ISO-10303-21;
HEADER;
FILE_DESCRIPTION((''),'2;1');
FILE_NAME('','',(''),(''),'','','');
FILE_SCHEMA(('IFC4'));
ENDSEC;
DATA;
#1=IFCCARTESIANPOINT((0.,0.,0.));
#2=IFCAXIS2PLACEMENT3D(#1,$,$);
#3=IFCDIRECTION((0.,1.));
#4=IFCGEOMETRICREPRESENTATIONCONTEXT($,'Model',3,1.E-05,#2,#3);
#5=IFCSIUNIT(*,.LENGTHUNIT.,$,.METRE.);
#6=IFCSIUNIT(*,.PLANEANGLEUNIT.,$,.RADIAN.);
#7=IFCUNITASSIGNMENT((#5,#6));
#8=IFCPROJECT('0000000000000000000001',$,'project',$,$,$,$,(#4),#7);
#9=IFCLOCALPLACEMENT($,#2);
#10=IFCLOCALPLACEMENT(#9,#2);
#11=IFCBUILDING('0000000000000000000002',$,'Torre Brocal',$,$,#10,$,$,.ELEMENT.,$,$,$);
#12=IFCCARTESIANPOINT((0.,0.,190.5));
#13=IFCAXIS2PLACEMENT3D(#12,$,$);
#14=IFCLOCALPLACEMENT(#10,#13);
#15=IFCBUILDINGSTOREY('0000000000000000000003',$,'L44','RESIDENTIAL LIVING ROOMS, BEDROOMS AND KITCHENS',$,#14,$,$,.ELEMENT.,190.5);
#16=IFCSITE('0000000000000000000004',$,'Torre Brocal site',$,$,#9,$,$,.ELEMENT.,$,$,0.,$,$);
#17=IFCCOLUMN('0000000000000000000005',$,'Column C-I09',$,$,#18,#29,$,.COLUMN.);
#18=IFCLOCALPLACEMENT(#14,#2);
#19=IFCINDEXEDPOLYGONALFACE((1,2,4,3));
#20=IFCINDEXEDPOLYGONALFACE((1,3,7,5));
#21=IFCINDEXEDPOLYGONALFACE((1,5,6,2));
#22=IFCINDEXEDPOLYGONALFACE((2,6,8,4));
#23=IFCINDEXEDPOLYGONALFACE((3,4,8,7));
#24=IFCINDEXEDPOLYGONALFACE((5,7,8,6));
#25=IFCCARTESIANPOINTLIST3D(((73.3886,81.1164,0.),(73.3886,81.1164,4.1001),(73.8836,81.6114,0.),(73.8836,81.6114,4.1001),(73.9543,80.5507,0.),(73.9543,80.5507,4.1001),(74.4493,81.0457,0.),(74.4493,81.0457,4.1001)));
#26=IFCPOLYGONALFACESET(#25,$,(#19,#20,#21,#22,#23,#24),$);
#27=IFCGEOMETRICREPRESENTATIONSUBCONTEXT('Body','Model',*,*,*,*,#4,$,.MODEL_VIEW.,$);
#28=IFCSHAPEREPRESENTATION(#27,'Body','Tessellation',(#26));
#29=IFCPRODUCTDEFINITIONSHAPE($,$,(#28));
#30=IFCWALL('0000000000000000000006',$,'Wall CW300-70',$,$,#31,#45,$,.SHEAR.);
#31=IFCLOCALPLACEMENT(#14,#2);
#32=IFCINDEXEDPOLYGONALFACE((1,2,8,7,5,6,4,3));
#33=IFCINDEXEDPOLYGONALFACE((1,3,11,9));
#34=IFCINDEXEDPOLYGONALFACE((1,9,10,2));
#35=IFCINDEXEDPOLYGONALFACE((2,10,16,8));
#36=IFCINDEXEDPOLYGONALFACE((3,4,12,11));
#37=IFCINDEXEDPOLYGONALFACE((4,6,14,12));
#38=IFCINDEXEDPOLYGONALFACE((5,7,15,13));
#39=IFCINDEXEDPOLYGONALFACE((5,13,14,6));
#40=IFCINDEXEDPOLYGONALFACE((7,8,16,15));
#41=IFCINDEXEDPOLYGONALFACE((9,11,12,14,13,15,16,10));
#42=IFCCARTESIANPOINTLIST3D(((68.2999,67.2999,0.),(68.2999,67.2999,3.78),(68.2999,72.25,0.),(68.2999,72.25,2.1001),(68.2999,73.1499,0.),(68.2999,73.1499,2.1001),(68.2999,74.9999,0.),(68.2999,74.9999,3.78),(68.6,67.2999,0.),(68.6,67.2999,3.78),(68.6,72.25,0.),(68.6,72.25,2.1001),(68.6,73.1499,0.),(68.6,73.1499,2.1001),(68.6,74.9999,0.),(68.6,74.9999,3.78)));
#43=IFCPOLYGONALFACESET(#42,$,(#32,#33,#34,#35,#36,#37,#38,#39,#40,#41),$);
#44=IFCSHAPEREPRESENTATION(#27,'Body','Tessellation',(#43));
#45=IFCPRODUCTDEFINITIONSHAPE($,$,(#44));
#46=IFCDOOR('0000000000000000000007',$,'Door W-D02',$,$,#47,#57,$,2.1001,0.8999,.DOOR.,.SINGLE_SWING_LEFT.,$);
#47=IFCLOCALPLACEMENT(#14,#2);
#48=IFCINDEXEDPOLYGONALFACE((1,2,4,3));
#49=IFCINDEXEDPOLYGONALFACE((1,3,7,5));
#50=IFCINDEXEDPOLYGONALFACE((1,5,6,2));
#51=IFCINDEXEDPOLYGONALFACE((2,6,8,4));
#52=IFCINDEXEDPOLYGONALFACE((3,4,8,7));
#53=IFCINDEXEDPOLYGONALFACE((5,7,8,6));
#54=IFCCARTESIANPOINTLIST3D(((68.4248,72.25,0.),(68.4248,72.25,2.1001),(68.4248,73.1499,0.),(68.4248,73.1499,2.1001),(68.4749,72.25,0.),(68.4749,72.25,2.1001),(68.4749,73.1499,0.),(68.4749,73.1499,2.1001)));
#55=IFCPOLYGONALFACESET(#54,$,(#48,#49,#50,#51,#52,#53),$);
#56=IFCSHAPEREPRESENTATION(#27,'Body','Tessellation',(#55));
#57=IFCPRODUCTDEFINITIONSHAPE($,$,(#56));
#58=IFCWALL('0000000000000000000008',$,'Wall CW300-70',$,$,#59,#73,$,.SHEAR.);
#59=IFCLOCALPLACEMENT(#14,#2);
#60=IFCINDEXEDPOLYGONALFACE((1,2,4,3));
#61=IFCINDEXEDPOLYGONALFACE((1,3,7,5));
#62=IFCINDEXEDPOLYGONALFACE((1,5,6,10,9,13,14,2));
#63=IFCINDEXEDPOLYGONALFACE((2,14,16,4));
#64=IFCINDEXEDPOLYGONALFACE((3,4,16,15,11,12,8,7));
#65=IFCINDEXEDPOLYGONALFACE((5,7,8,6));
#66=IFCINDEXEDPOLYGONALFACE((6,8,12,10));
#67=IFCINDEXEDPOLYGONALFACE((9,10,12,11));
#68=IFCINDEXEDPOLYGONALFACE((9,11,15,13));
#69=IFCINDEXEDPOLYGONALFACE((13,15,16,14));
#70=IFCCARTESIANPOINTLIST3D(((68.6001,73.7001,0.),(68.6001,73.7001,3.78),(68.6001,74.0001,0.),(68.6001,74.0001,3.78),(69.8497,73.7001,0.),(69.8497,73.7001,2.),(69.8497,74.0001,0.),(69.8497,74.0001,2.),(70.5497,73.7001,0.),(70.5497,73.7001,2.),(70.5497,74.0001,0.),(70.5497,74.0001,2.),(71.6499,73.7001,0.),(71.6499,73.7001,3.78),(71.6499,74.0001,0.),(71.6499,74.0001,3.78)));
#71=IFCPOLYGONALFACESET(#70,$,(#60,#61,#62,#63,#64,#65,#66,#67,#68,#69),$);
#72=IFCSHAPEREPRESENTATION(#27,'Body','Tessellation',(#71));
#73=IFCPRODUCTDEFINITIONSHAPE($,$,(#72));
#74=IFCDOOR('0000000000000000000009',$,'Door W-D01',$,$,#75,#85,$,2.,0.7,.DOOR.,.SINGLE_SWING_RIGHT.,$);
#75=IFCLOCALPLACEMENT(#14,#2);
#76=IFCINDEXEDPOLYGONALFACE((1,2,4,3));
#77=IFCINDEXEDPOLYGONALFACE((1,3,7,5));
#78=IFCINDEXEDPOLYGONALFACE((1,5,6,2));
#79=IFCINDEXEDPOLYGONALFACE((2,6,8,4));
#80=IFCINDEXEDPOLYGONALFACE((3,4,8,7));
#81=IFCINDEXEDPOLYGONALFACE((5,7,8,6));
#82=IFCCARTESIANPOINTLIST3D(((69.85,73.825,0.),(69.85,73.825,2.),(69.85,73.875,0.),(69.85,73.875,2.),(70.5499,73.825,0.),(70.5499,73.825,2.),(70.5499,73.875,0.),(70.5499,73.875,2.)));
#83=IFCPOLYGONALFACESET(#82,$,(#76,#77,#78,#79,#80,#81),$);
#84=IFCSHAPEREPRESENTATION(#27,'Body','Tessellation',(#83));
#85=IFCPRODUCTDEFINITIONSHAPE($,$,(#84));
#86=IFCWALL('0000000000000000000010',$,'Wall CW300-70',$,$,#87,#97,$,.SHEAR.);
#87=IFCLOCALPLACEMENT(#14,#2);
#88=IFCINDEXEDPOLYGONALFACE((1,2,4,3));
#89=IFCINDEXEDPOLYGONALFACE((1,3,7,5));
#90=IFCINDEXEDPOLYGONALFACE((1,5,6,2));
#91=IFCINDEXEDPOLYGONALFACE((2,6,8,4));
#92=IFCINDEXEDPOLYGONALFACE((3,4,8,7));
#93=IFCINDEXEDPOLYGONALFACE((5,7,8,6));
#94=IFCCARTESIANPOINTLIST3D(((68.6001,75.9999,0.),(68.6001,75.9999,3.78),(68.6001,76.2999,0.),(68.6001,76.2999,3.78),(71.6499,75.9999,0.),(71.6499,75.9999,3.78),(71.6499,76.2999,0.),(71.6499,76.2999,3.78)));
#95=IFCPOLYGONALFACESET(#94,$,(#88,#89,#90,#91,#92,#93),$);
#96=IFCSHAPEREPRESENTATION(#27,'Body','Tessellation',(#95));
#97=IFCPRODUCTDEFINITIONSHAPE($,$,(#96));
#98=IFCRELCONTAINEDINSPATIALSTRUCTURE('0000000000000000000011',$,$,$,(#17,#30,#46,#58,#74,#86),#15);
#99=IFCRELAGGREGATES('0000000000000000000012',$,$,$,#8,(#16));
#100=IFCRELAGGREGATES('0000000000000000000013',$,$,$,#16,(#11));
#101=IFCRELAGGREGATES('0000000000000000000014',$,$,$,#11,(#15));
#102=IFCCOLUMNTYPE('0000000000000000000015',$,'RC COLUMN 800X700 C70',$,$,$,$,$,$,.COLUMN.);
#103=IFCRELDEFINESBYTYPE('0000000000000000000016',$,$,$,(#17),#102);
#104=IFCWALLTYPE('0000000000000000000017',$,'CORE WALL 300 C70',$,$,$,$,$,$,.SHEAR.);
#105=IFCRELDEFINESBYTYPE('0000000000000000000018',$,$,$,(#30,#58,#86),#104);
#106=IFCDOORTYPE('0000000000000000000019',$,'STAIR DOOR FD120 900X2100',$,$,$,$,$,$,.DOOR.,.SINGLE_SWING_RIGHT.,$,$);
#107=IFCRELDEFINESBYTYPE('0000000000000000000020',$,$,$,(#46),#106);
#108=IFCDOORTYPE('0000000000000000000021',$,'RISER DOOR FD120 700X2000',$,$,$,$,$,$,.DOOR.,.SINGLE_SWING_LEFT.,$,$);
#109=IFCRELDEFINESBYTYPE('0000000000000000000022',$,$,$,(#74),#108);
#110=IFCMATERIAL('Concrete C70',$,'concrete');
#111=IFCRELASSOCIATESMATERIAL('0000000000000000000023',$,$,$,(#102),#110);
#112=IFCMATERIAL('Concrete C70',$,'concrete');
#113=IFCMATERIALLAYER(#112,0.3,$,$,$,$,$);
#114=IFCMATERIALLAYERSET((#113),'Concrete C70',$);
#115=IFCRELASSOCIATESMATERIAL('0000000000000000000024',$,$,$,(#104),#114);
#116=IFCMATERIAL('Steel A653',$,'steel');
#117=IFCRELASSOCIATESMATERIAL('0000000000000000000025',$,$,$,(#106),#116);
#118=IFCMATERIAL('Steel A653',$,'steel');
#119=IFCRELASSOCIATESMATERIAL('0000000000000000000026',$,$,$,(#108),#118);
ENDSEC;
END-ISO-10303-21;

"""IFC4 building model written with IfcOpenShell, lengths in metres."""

from ifc_helpers import new_model, si_unit, direction, frame, frame_2d, origin, origin_2d, place, context, subcontext, project, spatial, rectangle, extrude, material, layer, layer_set, material_profile, profile_set, type_object, element, fill, save


model = new_model("IFC4")

# Units and contexts
model_context = context("Model", 3, precision=1e-05, world=origin(), true_north=direction((0.0, 1.0)))
body_context = subcontext(model_context, "Body", "Model", "MODEL_VIEW")
ifc_project = project(units=[si_unit("LENGTHUNIT", "METRE"), si_unit("PLANEANGLEUNIT", "RADIAN")], contexts=[model_context])

# Site, building, storey
site_placement = place(None, origin())
site = spatial("IfcSite", under=ifc_project, at=site_placement, Name="Torre Brocal site", CompositionType="ELEMENT", RefElevation=0.0)
building_placement = place(site_placement, origin())
building = spatial("IfcBuilding", under=site, at=building_placement, Name="Torre Brocal", CompositionType="ELEMENT")
storey_placement = place(building_placement, frame((0.0, 0.0, 190.5)))
storey = spatial("IfcBuildingStorey", under=building, at=storey_placement, Name="L44", Description="RESIDENTIAL LIVING ROOMS, BEDROOMS AND KITCHENS", CompositionType="ELEMENT", Elevation=190.5)

# Column
ifc_material_1 = material(Name="Concrete C70", Category="concrete")
ifc_material_profile = material_profile(ifc_material_1, rectangle(XDim=0.8, YDim=0.7, at=origin_2d()), Name="RC 800X700")
ifc_profile_set = profile_set([ifc_material_profile], Name="Concrete C70")
column_type = type_object("IfcColumnType", Name="RC COLUMN 800X700 C70", PredefinedType="COLUMN", material=ifc_profile_set)
column_placement = place(storey_placement, frame((73.9189, 81.0811, 0.0), z_axis=(0.0, 0.0, 1.0), x_axis=(-0.707107, 0.707107, 0.0)))
element("IfcColumn", 1, at=column_placement, inside=storey, type_object=column_type, Name="Column C-I09", PredefinedType="COLUMN", context=body_context, shape_type="SweptSolid", body=[
    extrude(rectangle(XDim=0.8, YDim=0.7, at=origin_2d()), origin(), (0.0, 0.0, 1.0), 4.1001),
])

# Walls, openings, doors
ifc_material_2 = material(Name="Concrete C70", Category="concrete")
ifc_layer_1 = layer(ifc_material_2, 0.3)
ifc_layer_set_1 = layer_set([ifc_layer_1], Name="Concrete C70")
wall_type_1 = type_object("IfcWallType", Name="CORE WALL 300 C70", PredefinedType="SHEAR", material=ifc_layer_set_1)
wall_1_placement = place(storey_placement, frame((68.45, 75.0, 0.0), z_axis=(0.0, 0.0, 1.0), x_axis=(0.0, -1.0, 0.0)))
wall_1 = element("IfcWall", 2, at=wall_1_placement, inside=storey, type_object=wall_type_1, Name="Wall CW300-70", PredefinedType="SHEAR", context=body_context, shape_type="SweptSolid", body=[
    extrude(rectangle(XDim=7.7, YDim=0.3, at=frame_2d((3.8501, 0.0))), origin(), (0.0, 0.0, 1.0), 3.78),
])
opening_1_placement = place(wall_1_placement, frame((1.8501, 0.0, 0.0)))
opening_1 = element("IfcOpeningElement", 3, at=opening_1_placement, cuts=wall_1, PredefinedType="OPENING", context=body_context, shape_type="SweptSolid", body=[
    extrude(rectangle(XDim=0.8999, YDim=2.1001, at=frame_2d((0.45, 1.05))), frame((0.0, 0.1599, 0.0), z_axis=(0.0, -1.0, 0.0), x_axis=(1.0, 0.0, 0.0)), (0.0, 0.0, 1.0), 0.3201),
])
ifc_material_3 = material(Name="Steel A653", Category="steel")
door_type_1 = type_object("IfcDoorType", Name="STAIR DOOR FD120 900X2100", OperationType="SINGLE_SWING_RIGHT", PredefinedType="DOOR", material=ifc_material_3)
door_1_placement = place(opening_1_placement, origin())
door_1 = element("IfcDoor", 4, at=door_1_placement, inside=storey, type_object=door_type_1, Name="Door W-D02", OperationType="SINGLE_SWING_LEFT", OverallHeight=2.1001, OverallWidth=0.8999, PredefinedType="DOOR", context=body_context, shape_type="SweptSolid", body=[
    extrude(rectangle(XDim=0.8999, YDim=2.1001, at=frame_2d((0.45, 1.05))), frame((0.0, 0.0249, 0.0), z_axis=(0.0, -1.0, 0.0), x_axis=(1.0, 0.0, 0.0)), (0.0, 0.0, 1.0), 0.05),
])
fill(opening_1, door_1)
wall_2_placement = place(storey_placement, frame((71.6499, 73.8501, 0.0), z_axis=(0.0, 0.0, 1.0), x_axis=(-1.0, 0.0, 0.0)))
wall_2 = element("IfcWall", 5, at=wall_2_placement, inside=storey, type_object=wall_type_1, Name="Wall CW300-70", PredefinedType="SHEAR", context=body_context, shape_type="SweptSolid", body=[
    extrude(rectangle(XDim=3.0498, YDim=0.3, at=frame_2d((1.5249, 0.0))), origin(), (0.0, 0.0, 1.0), 3.78),
])
opening_2_placement = place(wall_2_placement, frame((1.1001, 0.0, 0.0)))
opening_2 = element("IfcOpeningElement", 6, at=opening_2_placement, cuts=wall_2, PredefinedType="OPENING", context=body_context, shape_type="SweptSolid", body=[
    extrude(rectangle(XDim=0.7, YDim=2.0, at=frame_2d((0.3501, 1.0))), frame((0.0, 0.1599, 0.0), z_axis=(0.0, -1.0, 0.0), x_axis=(1.0, 0.0, 0.0)), (0.0, 0.0, 1.0), 0.3201),
])
ifc_material_4 = material(Name="Steel A653", Category="steel")
door_type_2 = type_object("IfcDoorType", Name="RISER DOOR FD120 700X2000", OperationType="SINGLE_SWING_LEFT", PredefinedType="DOOR", material=ifc_material_4)
door_2_placement = place(opening_2_placement, frame((0.7, 0.0, 0.0), z_axis=(0.0, 0.0, 1.0), x_axis=(-1.0, 0.0, 0.0)))
door_2 = element("IfcDoor", 7, at=door_2_placement, inside=storey, type_object=door_type_2, Name="Door W-D01", OperationType="SINGLE_SWING_RIGHT", OverallHeight=2.0, OverallWidth=0.7, PredefinedType="DOOR", context=body_context, shape_type="SweptSolid", body=[
    extrude(rectangle(XDim=0.7, YDim=2.0, at=frame_2d((0.3501, 1.0))), frame((0.0, 0.0249, 0.0), z_axis=(0.0, -1.0, 0.0), x_axis=(1.0, 0.0, 0.0)), (0.0, 0.0, 1.0), 0.05),
])
fill(opening_2, door_2)

# Wall
wall_3_placement = place(storey_placement, frame((71.6499, 76.1499, 0.0), z_axis=(0.0, 0.0, 1.0), x_axis=(-1.0, 0.0, 0.0)))
element("IfcWall", 8, at=wall_3_placement, inside=storey, type_object=wall_type_1, Name="Wall CW300-70", PredefinedType="SHEAR", context=body_context, shape_type="SweptSolid", body=[
    extrude(rectangle(XDim=3.0498, YDim=0.3, at=frame_2d((1.5249, 0.0))), origin(), (0.0, 0.0, 1.0), 3.78),
])

save(model, "model.ifc")
